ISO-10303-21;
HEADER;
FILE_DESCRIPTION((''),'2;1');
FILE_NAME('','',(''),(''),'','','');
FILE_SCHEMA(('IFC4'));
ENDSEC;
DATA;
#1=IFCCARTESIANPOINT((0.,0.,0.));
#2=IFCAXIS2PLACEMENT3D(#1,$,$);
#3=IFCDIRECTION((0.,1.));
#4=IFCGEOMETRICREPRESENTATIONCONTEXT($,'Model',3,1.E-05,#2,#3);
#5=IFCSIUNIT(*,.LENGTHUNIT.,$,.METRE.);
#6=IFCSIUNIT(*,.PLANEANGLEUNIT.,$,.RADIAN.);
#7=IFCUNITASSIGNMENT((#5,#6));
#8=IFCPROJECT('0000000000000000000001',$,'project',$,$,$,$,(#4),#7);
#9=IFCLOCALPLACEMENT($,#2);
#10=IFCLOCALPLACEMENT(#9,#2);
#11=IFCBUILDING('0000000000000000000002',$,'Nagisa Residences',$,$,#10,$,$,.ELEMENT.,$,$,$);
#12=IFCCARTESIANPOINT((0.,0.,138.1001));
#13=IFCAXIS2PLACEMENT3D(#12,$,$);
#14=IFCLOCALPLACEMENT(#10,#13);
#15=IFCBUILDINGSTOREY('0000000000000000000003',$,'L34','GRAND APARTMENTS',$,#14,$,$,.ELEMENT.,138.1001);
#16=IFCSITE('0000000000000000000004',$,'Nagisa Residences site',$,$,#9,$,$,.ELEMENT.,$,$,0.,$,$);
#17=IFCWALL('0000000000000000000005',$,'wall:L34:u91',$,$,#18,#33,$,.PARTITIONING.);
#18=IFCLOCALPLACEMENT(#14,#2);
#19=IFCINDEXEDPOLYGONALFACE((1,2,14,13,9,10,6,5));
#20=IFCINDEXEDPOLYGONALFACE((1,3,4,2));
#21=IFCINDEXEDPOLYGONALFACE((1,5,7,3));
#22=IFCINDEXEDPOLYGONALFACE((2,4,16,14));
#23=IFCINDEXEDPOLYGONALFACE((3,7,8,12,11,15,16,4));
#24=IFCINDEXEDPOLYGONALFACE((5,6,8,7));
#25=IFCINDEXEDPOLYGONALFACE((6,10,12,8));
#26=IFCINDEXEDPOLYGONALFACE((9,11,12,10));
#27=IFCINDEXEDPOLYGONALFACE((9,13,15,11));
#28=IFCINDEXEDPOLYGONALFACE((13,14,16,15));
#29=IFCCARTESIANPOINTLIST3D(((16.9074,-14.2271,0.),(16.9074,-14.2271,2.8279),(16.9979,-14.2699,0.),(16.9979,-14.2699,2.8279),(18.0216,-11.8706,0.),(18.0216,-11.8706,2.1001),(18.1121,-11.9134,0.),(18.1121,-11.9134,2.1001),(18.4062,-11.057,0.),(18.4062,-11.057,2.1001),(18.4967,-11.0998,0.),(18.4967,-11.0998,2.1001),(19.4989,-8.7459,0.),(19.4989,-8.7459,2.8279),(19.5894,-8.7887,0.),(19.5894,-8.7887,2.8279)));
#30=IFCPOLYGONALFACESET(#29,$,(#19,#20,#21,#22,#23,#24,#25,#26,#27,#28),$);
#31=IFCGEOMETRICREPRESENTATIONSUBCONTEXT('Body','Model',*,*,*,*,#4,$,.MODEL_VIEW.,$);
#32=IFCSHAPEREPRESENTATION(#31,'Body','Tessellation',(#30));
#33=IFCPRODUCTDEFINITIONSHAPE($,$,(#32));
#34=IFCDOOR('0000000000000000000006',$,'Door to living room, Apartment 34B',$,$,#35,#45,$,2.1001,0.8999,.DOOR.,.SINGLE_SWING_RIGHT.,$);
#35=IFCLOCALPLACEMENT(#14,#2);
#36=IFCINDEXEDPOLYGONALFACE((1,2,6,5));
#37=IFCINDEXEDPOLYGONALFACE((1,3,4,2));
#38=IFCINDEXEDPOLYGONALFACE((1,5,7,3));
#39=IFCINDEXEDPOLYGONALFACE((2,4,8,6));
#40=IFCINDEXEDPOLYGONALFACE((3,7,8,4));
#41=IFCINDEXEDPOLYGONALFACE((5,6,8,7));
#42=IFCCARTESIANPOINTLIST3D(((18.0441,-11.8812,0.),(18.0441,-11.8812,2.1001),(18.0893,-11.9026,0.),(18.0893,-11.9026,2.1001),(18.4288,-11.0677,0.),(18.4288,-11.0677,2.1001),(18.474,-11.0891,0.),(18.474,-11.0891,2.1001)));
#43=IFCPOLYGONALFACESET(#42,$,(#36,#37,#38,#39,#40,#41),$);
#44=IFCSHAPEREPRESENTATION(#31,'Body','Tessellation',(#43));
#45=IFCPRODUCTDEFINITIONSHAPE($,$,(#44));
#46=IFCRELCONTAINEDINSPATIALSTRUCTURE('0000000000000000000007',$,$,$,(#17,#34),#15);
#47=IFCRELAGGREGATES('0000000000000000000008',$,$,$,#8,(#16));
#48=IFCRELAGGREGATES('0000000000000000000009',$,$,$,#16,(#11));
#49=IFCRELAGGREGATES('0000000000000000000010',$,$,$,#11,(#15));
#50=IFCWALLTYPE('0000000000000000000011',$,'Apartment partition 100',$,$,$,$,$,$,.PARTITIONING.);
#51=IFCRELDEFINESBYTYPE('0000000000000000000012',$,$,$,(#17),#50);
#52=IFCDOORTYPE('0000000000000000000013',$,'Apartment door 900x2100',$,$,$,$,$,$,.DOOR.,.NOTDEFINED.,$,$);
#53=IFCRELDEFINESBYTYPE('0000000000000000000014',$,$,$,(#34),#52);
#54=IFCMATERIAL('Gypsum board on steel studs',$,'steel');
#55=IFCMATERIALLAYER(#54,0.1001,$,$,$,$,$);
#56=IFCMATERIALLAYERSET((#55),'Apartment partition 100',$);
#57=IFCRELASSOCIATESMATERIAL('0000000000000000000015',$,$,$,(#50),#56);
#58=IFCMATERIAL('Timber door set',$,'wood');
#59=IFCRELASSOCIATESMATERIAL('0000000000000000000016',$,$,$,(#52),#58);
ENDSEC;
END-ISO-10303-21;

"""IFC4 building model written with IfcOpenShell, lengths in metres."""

from ifc_helpers import new_model, si_unit, direction, frame, frame_2d, origin, place, context, subcontext, project, spatial, rectangle, extrude, material, layer, layer_set, type_object, element, fill, save


model = new_model("IFC4")

# Units and contexts
model_context = context("Model", 3, precision=1e-05, world=origin(), true_north=direction((0.0, 1.0)))
body_context = subcontext(model_context, "Body", "Model", "MODEL_VIEW")
ifc_project = project(units=[si_unit("LENGTHUNIT", "METRE"), si_unit("PLANEANGLEUNIT", "RADIAN")], contexts=[model_context])

# Site, building, storey
site_placement = place(None, origin())
site = spatial("IfcSite", under=ifc_project, at=site_placement, Name="Nagisa Residences site", CompositionType="ELEMENT", RefElevation=0.0)
building_placement = place(site_placement, origin())
building = spatial("IfcBuilding", under=site, at=building_placement, Name="Nagisa Residences", CompositionType="ELEMENT")
storey_placement = place(building_placement, frame((0.0, 0.0, 138.1001)))
storey = spatial("IfcBuildingStorey", under=building, at=storey_placement, Name="L34", Description="GRAND APARTMENTS", CompositionType="ELEMENT", Elevation=138.1001)

# Shared definitions
ifc_material_1 = material(Name="Gypsum board on steel studs", Category="steel")
ifc_layer_1 = layer(ifc_material_1, 0.1001)
ifc_layer_set_1 = layer_set([ifc_layer_1], Name="Apartment partition 100")
wall_type_1 = type_object("IfcWallType", Name="Apartment partition 100", PredefinedType="PARTITIONING", material=ifc_layer_set_1)
ifc_material_2 = material(Name="Timber door set", Category="wood")
door_type_1 = type_object("IfcDoorType", Name="Apartment door 900x2100", OperationType="NOTDEFINED", PredefinedType="DOOR", material=ifc_material_2)

# Wall, opening, door
wall_1_placement = place(storey_placement, frame((16.9526, -14.2485, 0.0), z_axis=(0.0, 0.0, 1.0), x_axis=(0.427439, 0.904044, 0.0)))
wall_1 = element("IfcWall", 1, at=wall_1_placement, inside=storey, type_object=wall_type_1, Name="wall:L34:u91", PredefinedType="PARTITIONING", context=body_context, shape_type="SweptSolid", body=[
    extrude(rectangle(XDim=6.063, YDim=0.1001, at=frame_2d((3.0315, 0.0))), origin(), (0.0, 0.0, 1.0), 2.8279),
])
opening_1_placement = place(wall_1_placement, frame((2.6067, 0.0, 0.0)))
opening_1 = element("IfcOpeningElement", 2, at=opening_1_placement, cuts=wall_1, PredefinedType="OPENING", context=body_context, shape_type="SweptSolid", body=[
    extrude(rectangle(XDim=0.8999, YDim=2.1001, at=frame_2d((0.45, 1.05))), frame((0.0, 0.0601, 0.0), z_axis=(0.0, -1.0, 0.0), x_axis=(1.0, 0.0, 0.0)), (0.0, 0.0, 1.0), 0.1201),
])
door_1_placement = place(opening_1_placement, frame((0.8999, 0.0, 0.0), x_axis=(-1.0, 0.0, 0.0)))
door_1 = element("IfcDoor", 3, at=door_1_placement, inside=storey, type_object=door_type_1, Name="Door to living room, Apartment 34B", OperationType="SINGLE_SWING_RIGHT", OverallHeight=2.1001, OverallWidth=0.8999, PredefinedType="DOOR", context=body_context, shape_type="SweptSolid", body=[
    extrude(rectangle(XDim=0.8999, YDim=2.1001, at=frame_2d((0.45, 1.05))), frame((0.0, 0.0249, 0.0), z_axis=(0.0, -1.0, 0.0), x_axis=(1.0, 0.0, 0.0)), (0.0, 0.0, 1.0), 0.05),
])
fill(opening_1, door_1)

save(model, "model.ifc")
